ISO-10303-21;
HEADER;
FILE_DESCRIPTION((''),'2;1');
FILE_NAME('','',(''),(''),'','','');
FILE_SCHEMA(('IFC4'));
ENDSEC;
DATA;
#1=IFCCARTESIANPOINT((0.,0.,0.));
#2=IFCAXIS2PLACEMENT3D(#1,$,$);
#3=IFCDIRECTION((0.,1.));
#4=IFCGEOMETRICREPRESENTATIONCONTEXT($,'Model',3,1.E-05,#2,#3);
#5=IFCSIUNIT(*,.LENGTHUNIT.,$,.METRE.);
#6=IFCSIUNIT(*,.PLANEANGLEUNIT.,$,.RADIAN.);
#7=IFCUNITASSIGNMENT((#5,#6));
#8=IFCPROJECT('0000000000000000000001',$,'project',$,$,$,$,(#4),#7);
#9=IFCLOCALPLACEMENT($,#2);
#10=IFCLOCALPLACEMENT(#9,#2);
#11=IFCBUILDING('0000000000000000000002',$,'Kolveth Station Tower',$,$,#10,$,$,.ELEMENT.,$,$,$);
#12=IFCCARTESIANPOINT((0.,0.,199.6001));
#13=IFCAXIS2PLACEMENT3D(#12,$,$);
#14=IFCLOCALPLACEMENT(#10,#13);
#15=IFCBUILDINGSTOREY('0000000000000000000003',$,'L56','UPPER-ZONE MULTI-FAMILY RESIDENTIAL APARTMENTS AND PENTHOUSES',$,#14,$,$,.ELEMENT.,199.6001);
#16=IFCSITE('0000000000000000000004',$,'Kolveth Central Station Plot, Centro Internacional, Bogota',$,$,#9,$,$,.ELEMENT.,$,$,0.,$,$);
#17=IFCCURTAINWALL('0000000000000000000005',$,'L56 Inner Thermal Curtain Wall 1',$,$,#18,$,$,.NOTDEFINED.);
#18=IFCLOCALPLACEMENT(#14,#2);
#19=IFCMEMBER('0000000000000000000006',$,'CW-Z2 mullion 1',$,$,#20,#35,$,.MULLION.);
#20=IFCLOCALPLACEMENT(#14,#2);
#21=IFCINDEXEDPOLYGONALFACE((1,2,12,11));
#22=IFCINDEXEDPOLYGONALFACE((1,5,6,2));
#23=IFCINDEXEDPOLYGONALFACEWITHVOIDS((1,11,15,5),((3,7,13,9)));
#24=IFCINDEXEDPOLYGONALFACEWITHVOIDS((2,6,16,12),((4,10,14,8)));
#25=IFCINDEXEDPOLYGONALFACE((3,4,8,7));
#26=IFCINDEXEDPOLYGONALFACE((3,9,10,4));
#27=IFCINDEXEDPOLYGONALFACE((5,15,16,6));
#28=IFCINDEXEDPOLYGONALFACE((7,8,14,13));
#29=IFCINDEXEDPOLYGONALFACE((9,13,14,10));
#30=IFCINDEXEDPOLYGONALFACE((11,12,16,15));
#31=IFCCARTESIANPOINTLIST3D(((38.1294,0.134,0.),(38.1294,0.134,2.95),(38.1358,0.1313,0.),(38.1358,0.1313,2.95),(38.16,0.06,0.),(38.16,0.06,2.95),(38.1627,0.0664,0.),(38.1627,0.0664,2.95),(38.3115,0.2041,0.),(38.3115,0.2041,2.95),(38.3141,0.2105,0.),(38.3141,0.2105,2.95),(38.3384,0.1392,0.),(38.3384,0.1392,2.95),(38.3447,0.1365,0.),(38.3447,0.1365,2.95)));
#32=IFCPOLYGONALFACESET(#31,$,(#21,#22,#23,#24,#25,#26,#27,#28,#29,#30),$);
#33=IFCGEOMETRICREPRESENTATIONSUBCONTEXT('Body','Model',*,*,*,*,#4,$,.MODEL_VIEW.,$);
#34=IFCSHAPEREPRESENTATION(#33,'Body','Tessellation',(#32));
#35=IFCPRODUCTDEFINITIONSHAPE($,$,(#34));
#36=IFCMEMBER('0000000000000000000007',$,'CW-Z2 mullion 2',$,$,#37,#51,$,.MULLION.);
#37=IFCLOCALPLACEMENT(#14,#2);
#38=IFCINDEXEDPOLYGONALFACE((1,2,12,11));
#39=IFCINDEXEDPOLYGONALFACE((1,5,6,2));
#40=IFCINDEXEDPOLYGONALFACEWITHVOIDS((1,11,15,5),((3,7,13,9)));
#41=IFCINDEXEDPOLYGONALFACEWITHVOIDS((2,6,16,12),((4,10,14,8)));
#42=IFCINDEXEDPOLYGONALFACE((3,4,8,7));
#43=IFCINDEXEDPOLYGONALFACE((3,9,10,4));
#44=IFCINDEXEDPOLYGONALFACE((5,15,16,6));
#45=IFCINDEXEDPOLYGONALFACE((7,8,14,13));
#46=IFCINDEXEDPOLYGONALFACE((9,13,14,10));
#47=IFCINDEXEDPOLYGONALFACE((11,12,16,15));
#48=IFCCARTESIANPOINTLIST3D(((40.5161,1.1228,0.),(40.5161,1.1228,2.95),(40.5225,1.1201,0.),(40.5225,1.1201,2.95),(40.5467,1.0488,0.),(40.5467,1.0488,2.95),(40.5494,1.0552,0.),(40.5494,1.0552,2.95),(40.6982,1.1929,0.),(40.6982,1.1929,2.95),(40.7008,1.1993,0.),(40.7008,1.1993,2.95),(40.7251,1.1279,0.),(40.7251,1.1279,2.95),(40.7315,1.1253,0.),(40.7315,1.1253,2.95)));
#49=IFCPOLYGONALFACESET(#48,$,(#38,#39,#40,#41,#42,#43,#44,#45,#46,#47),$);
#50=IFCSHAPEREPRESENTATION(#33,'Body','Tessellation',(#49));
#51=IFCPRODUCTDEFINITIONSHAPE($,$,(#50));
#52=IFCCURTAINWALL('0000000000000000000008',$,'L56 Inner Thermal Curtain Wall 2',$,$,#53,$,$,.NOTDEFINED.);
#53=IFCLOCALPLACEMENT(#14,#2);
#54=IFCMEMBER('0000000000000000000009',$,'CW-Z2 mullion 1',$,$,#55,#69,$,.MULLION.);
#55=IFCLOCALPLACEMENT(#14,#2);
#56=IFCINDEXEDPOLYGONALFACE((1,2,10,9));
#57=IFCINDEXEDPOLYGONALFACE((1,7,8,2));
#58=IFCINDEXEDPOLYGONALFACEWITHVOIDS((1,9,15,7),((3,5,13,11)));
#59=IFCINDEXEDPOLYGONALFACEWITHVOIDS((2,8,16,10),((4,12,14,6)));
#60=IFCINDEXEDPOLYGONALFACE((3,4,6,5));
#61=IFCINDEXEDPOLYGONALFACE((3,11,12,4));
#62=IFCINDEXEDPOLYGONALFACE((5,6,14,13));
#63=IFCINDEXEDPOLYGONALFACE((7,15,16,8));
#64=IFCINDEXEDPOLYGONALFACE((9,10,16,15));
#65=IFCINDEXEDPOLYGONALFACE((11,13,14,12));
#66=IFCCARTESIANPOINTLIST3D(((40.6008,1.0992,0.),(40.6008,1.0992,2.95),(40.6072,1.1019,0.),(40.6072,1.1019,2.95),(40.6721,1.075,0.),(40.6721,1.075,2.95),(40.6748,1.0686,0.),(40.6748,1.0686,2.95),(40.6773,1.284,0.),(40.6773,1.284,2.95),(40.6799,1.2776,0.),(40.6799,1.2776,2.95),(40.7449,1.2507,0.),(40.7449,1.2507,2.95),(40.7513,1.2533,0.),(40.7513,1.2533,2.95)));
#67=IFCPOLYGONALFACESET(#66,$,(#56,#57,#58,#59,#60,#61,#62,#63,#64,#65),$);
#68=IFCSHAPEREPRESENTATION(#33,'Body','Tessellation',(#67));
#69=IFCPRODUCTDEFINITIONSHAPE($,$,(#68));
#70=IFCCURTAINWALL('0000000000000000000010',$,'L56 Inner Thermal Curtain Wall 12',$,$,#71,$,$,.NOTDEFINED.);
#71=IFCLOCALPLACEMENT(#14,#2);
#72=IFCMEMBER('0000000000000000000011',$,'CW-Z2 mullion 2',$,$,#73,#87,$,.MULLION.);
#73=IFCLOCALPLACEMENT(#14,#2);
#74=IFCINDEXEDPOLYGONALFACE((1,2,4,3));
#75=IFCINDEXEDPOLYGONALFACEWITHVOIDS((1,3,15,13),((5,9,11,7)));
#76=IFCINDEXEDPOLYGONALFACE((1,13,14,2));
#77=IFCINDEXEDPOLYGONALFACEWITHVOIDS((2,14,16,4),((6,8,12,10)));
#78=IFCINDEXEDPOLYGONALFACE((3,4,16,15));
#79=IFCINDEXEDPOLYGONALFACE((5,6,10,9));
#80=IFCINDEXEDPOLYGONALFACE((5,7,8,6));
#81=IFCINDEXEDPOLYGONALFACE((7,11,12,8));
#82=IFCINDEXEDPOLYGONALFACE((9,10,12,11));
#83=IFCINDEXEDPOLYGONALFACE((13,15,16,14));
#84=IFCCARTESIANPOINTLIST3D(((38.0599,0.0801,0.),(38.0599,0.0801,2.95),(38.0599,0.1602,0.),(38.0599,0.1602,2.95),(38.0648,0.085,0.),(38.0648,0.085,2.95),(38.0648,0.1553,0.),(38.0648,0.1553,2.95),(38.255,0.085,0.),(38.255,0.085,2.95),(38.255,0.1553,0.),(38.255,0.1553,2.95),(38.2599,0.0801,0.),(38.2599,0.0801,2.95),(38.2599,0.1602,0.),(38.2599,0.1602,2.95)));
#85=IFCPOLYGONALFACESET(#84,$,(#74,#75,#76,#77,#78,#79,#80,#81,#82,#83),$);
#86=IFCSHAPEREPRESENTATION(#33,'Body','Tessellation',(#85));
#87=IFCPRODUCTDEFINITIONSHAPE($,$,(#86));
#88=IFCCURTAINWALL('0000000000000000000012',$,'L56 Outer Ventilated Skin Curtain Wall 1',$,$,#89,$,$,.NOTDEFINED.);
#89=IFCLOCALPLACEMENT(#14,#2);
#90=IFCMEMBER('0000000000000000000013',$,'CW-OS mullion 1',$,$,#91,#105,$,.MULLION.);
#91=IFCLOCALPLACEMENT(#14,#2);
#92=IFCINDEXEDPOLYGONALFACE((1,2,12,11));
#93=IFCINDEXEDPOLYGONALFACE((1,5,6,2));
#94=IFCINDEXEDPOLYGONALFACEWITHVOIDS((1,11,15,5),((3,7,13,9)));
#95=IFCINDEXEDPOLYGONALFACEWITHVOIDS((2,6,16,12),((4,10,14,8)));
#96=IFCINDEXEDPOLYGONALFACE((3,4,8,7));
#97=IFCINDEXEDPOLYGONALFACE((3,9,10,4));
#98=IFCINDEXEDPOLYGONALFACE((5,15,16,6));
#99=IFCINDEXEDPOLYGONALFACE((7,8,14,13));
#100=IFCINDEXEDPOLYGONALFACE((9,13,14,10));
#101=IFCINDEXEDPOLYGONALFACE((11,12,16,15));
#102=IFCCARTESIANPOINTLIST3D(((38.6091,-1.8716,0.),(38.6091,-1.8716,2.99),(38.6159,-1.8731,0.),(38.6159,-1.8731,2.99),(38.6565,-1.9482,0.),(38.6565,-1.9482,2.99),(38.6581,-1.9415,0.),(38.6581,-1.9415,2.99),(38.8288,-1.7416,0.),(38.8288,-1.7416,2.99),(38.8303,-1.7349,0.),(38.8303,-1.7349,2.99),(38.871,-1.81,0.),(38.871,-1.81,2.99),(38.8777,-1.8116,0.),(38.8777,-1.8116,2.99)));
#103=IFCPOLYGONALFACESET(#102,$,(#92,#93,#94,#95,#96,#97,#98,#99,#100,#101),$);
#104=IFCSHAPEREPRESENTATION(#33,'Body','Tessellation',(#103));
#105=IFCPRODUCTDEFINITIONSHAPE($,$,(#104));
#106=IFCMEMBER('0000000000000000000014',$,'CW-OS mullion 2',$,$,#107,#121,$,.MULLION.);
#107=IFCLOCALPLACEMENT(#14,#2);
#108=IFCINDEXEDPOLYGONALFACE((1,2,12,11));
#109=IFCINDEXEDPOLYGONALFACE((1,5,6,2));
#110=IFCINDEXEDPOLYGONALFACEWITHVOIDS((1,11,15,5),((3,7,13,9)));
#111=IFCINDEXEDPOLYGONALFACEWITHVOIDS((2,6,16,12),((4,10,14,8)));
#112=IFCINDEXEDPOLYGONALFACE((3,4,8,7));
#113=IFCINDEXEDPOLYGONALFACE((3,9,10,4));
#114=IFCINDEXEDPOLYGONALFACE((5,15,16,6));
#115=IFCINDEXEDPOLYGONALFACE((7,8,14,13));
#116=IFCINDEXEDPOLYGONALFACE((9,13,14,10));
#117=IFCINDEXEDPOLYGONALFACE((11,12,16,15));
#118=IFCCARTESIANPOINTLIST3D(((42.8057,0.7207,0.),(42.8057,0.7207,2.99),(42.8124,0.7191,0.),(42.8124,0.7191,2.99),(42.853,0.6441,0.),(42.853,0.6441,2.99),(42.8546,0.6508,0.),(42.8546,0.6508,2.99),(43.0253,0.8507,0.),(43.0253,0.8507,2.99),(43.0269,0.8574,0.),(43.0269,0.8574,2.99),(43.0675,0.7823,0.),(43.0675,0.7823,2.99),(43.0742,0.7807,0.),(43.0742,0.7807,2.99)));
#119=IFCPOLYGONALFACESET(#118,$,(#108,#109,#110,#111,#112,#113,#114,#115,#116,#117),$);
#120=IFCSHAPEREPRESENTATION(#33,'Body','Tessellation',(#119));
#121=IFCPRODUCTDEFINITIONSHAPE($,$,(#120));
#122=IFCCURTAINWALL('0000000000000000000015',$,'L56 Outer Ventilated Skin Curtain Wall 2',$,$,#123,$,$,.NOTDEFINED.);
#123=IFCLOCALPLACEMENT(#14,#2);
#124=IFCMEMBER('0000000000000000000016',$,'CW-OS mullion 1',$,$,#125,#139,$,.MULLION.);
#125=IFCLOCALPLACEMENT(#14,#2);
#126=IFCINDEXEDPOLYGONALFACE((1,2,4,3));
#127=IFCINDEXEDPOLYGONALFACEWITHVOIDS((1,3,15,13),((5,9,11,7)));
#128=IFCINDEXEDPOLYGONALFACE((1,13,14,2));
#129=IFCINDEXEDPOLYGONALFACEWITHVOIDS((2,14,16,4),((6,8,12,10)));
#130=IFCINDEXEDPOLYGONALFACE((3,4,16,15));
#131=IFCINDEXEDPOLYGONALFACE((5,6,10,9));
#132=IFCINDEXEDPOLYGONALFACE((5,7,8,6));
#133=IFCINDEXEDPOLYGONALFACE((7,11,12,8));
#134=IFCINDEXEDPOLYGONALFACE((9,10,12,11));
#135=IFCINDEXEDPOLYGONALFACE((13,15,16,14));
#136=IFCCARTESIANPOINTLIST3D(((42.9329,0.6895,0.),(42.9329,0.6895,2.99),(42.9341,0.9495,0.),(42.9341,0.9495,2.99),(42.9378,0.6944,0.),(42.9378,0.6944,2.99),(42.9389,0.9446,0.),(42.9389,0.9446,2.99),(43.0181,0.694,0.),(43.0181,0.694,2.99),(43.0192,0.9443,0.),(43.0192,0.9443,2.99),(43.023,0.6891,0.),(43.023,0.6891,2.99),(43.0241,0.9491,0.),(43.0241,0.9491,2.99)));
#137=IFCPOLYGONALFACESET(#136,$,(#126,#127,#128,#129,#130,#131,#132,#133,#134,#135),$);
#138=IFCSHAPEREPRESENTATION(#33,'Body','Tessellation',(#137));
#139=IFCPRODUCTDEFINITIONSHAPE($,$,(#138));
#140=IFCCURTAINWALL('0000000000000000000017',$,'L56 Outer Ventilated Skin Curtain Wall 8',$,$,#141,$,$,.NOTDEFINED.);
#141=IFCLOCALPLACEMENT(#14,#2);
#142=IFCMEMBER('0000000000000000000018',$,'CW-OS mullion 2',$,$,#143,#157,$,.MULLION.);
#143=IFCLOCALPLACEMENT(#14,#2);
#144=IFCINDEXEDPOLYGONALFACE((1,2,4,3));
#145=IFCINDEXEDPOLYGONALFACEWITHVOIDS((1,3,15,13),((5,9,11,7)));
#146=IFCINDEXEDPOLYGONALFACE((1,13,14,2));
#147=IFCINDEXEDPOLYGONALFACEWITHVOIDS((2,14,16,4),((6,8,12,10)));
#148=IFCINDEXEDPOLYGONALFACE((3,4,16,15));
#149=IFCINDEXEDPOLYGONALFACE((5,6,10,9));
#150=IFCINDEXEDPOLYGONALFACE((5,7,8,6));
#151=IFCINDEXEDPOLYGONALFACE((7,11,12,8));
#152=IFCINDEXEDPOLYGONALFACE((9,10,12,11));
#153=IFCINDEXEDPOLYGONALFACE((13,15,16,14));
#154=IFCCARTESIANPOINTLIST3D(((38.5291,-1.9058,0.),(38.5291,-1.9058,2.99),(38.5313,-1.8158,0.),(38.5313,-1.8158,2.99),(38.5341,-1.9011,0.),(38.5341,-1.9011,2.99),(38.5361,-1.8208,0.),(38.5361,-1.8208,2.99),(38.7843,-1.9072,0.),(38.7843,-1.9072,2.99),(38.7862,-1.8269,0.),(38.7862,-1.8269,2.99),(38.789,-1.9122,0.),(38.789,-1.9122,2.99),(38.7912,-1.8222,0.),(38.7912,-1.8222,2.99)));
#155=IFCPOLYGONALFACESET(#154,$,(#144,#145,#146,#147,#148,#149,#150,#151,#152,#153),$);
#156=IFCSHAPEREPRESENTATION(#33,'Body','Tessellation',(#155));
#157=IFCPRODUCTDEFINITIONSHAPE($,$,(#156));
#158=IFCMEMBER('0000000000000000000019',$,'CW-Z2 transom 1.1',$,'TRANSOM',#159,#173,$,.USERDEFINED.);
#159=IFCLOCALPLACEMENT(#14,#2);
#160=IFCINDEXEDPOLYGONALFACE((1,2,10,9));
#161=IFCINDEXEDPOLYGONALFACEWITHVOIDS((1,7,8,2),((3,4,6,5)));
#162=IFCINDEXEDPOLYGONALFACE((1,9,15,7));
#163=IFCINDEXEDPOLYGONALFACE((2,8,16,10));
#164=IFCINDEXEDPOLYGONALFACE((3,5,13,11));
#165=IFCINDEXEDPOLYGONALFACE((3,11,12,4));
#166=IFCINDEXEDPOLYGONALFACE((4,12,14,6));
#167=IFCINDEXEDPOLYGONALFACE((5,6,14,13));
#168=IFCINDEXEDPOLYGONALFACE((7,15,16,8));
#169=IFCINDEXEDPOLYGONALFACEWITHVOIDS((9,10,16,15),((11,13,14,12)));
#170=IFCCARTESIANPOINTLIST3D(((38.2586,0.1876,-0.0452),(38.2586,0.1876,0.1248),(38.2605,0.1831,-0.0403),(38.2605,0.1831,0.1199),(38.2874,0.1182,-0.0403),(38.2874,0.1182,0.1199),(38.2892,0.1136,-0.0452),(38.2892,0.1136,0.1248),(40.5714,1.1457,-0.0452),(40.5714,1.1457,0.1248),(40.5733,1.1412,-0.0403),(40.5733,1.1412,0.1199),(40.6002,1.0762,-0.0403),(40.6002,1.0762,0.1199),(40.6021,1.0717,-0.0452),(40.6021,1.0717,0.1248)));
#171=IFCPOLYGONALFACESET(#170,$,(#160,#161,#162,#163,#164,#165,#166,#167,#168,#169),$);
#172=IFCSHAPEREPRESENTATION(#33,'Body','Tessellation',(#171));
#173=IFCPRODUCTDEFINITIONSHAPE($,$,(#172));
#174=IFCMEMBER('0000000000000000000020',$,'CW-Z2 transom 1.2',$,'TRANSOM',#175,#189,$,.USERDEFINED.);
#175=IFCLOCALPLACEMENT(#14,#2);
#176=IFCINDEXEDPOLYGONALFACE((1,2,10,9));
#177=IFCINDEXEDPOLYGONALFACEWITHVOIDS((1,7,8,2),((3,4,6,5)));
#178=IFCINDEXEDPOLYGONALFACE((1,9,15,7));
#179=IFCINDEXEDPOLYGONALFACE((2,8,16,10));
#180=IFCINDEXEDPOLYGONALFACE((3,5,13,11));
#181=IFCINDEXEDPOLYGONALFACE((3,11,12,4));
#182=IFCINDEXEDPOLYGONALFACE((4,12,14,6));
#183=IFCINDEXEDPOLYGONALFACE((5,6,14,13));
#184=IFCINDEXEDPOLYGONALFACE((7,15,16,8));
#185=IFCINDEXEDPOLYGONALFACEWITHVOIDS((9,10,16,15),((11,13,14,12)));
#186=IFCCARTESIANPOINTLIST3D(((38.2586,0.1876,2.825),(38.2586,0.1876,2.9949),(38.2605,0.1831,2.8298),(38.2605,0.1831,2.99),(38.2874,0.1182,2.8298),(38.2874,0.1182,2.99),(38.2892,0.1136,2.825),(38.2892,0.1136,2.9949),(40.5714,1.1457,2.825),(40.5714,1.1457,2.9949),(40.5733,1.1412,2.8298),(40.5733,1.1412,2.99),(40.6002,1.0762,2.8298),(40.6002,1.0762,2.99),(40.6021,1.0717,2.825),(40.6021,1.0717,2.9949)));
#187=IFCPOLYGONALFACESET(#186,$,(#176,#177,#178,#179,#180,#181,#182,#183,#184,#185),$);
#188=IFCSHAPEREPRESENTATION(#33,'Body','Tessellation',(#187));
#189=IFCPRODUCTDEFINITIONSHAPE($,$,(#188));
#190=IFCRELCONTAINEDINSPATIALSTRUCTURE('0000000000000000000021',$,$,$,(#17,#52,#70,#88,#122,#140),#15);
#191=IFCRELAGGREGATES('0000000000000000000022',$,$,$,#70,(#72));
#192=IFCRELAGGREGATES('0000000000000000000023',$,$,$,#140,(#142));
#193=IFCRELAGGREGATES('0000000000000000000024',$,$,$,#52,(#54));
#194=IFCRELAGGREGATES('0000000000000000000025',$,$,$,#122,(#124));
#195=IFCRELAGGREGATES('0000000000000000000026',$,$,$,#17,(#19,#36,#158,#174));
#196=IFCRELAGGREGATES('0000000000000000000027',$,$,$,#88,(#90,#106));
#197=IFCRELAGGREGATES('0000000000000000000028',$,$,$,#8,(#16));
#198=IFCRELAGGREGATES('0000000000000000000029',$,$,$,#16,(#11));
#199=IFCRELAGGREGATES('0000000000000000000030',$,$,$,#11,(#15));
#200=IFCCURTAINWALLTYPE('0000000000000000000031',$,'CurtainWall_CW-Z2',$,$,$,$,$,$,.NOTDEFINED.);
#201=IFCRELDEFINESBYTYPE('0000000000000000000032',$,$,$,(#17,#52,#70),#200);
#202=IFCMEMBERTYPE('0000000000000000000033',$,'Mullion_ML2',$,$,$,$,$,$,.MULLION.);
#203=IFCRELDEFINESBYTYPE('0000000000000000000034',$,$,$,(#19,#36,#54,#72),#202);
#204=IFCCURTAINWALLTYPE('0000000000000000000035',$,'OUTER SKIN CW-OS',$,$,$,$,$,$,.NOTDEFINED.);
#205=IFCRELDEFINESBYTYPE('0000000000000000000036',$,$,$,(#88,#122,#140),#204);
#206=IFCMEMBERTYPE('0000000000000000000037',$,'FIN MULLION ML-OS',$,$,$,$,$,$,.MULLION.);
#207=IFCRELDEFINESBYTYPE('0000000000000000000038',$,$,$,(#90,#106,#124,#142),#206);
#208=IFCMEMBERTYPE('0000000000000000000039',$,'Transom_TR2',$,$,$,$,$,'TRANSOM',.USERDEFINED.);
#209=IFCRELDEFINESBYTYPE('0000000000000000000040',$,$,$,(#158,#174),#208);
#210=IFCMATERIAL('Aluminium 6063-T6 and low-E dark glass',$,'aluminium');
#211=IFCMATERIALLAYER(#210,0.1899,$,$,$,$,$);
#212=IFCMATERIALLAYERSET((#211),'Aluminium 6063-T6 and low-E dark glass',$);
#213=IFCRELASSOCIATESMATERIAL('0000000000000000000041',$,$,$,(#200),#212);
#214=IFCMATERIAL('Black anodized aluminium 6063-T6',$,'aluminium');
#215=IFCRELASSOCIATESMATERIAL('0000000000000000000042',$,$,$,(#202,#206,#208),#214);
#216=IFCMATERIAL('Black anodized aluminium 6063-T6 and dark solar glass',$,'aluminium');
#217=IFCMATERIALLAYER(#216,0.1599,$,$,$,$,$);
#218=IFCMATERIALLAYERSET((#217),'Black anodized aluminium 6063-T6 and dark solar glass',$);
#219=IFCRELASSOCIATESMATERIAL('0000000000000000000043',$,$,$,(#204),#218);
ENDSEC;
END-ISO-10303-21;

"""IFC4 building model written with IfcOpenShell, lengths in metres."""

from ifc_helpers import new_model, si_unit, direction, frame, origin, origin_2d, place, context, subcontext, project, spatial, hollow_rectangle, extrude, source, transform, mapped, material, layer, layer_set, material_profile, profile_set, type_object, element, aggregate, save


model = new_model("IFC4")

# Units and contexts
model_context = context("Model", 3, precision=1e-05, world=origin(), true_north=direction((0.0, 1.0)))
body_context = subcontext(model_context, "Body", "Model", "MODEL_VIEW")
ifc_project = project(units=[si_unit("LENGTHUNIT", "METRE"), si_unit("PLANEANGLEUNIT", "RADIAN")], contexts=[model_context])

# Site, building, storey
site_placement = place(None, origin())
site = spatial("IfcSite", under=ifc_project, at=site_placement, Name="Kolveth Central Station Plot, Centro Internacional, Bogota", CompositionType="ELEMENT", RefElevation=0.0)
building_placement = place(site_placement, origin())
building = spatial("IfcBuilding", under=site, at=building_placement, Name="Kolveth Station Tower", CompositionType="ELEMENT")
storey_placement = place(building_placement, frame((0.0, 0.0, 199.6001)))
storey = spatial("IfcBuildingStorey", under=building, at=storey_placement, Name="L56", Description="UPPER-ZONE MULTI-FAMILY RESIDENTIAL APARTMENTS AND PENTHOUSES", CompositionType="ELEMENT", Elevation=199.6001)

# Curtain wall, members
ifc_material_1 = material(Name="Aluminium 6063-T6 and low-E dark glass", Category="aluminium")
ifc_layer_1 = layer(ifc_material_1, 0.1899)
ifc_layer_set_1 = layer_set([ifc_layer_1], Name="Aluminium 6063-T6 and low-E dark glass")
curtain_wall_type_1 = type_object("IfcCurtainWallType", Name="CurtainWall_CW-Z2", PredefinedType="NOTDEFINED", material=ifc_layer_set_1)
curtain_wall_1_placement = place(storey_placement, origin())
curtain_wall_1 = element("IfcCurtainWall", 1, at=curtain_wall_1_placement, inside=storey, type_object=curtain_wall_type_1, Name="L56 Inner Thermal Curtain Wall 1", PredefinedType="NOTDEFINED")
ifc_material_2 = material(Name="Black anodized aluminium 6063-T6", Category="aluminium")
ifc_material_profile_1 = material_profile(ifc_material_2, hollow_rectangle(XDim=0.0801, YDim=0.2, WallThickness=0.0049, at=origin_2d()), Name="ALU-80x200x5")
ifc_profile_set_1 = profile_set([ifc_material_profile_1], Name="Black anodized aluminium 6063-T6")
member_type_1 = type_object("IfcMemberType", Name="Mullion_ML2", PredefinedType="MULLION", material=ifc_profile_set_1)
shared_shape_1 = source(origin(), body_context, "Body", "SweptSolid", [
    extrude(hollow_rectangle(XDim=0.0801, YDim=0.2, WallThickness=0.0049, at=origin_2d()), origin(), (0.0, 0.0, 1.0), 2.95),
])
member_1_placement = place(storey_placement, frame((38.2371, 0.1353, 0.0), z_axis=(0.0, 0.0, 1.0), x_axis=(-0.382698, 0.923874, 0.0)))
member_1 = element("IfcMember", 2, at=member_1_placement, type_object=member_type_1, Name="CW-Z2 mullion 1", PredefinedType="MULLION", context=body_context, shape_type="MappedRepresentation", body=[
    mapped(shared_shape_1, transform((0.0, 0.0, 0.0), x_axis=(1.0, 0.0, 0.0), y_axis=(0.0, 1.0, 0.0), z_axis=(0.0, 0.0, 1.0), scale=1.0)),
])
member_2_placement = place(storey_placement, frame((40.6238, 1.124, 0.0), z_axis=(0.0, 0.0, 1.0), x_axis=(-0.382698, 0.923874, 0.0)))
member_2 = element("IfcMember", 3, at=member_2_placement, type_object=member_type_1, Name="CW-Z2 mullion 2", PredefinedType="MULLION", context=body_context, shape_type="MappedRepresentation", body=[
    mapped(shared_shape_1, transform((0.0, 0.0, 0.0), x_axis=(1.0, 0.0, 0.0), y_axis=(0.0, 1.0, 0.0), z_axis=(0.0, 0.0, 1.0), scale=1.0)),
])

# Curtain walls, members
curtain_wall_2_placement = place(storey_placement, origin())
curtain_wall_2 = element("IfcCurtainWall", 4, at=curtain_wall_2_placement, inside=storey, type_object=curtain_wall_type_1, Name="L56 Inner Thermal Curtain Wall 2", PredefinedType="NOTDEFINED")
member_3_placement = place(storey_placement, frame((40.676, 1.1763, 0.0), z_axis=(0.0, 0.0, 1.0), x_axis=(-0.923874, 0.382698, 0.0)))
member_3 = element("IfcMember", 5, at=member_3_placement, type_object=member_type_1, Name="CW-Z2 mullion 1", PredefinedType="MULLION", context=body_context, shape_type="MappedRepresentation", body=[
    mapped(shared_shape_1, transform((0.0, 0.0, 0.0), x_axis=(1.0, 0.0, 0.0), y_axis=(0.0, 1.0, 0.0), z_axis=(0.0, 0.0, 1.0), scale=1.0)),
])
curtain_wall_3_placement = place(storey_placement, origin())
curtain_wall_3 = element("IfcCurtainWall", 6, at=curtain_wall_3_placement, inside=storey, type_object=curtain_wall_type_1, Name="L56 Inner Thermal Curtain Wall 12", PredefinedType="NOTDEFINED")
member_4_placement = place(storey_placement, frame((38.1599, 0.1201, 0.0), z_axis=(0.0, 0.0, 1.0), x_axis=(0.0, 1.0, 0.0)))
member_4 = element("IfcMember", 7, at=member_4_placement, type_object=member_type_1, Name="CW-Z2 mullion 2", PredefinedType="MULLION", context=body_context, shape_type="MappedRepresentation", body=[
    mapped(shared_shape_1, transform((0.0, 0.0, 0.0), x_axis=(1.0, 0.0, 0.0), y_axis=(0.0, 1.0, 0.0), z_axis=(0.0, 0.0, 1.0), scale=1.0)),
])
aggregate(curtain_wall_3, [member_4])

# Curtain wall, members
ifc_material_3 = material(Name="Black anodized aluminium 6063-T6 and dark solar glass", Category="aluminium")
ifc_layer_2 = layer(ifc_material_3, 0.1599)
ifc_layer_set_2 = layer_set([ifc_layer_2], Name="Black anodized aluminium 6063-T6 and dark solar glass")
curtain_wall_type_2 = type_object("IfcCurtainWallType", Name="OUTER SKIN CW-OS", PredefinedType="NOTDEFINED", material=ifc_layer_set_2)
curtain_wall_4_placement = place(storey_placement, origin())
curtain_wall_4 = element("IfcCurtainWall", 8, at=curtain_wall_4_placement, inside=storey, type_object=curtain_wall_type_2, Name="L56 Outer Ventilated Skin Curtain Wall 1", PredefinedType="NOTDEFINED")
ifc_material_profile_2 = material_profile(ifc_material_2, hollow_rectangle(XDim=0.0901, YDim=0.26, WallThickness=0.0049, at=origin_2d()), Name="ALU-90x260x5")
ifc_profile_set_2 = profile_set([ifc_material_profile_2], Name="Black anodized aluminium 6063-T6")
member_type_2 = type_object("IfcMemberType", Name="FIN MULLION ML-OS", PredefinedType="MULLION", material=ifc_profile_set_2)
shared_shape_2 = source(origin(), body_context, "Body", "SweptSolid", [
    extrude(hollow_rectangle(XDim=0.0901, YDim=0.26, WallThickness=0.0049, at=origin_2d()), origin(), (0.0, 0.0, 1.0), 2.99),
])
member_5_placement = place(storey_placement, frame((38.7434, -1.8416, 0.0), z_axis=(0.0, 0.0, 1.0), x_axis=(-0.525541, 0.850768, 0.0)))
member_5 = element("IfcMember", 9, at=member_5_placement, type_object=member_type_2, Name="CW-OS mullion 1", PredefinedType="MULLION", context=body_context, shape_type="MappedRepresentation", body=[
    mapped(shared_shape_2, transform((0.0, 0.0, 0.0), x_axis=(1.0, 0.0, 0.0), y_axis=(0.0, 1.0, 0.0), z_axis=(0.0, 0.0, 1.0), scale=1.0)),
])
member_6_placement = place(storey_placement, frame((42.9399, 0.7507, 0.0), z_axis=(0.0, 0.0, 1.0), x_axis=(-0.525541, 0.850768, 0.0)))
member_6 = element("IfcMember", 10, at=member_6_placement, type_object=member_type_2, Name="CW-OS mullion 2", PredefinedType="MULLION", context=body_context, shape_type="MappedRepresentation", body=[
    mapped(shared_shape_2, transform((0.0, 0.0, 0.0), x_axis=(1.0, 0.0, 0.0), y_axis=(0.0, 1.0, 0.0), z_axis=(0.0, 0.0, 1.0), scale=1.0)),
])

# Curtain walls, members
curtain_wall_5_placement = place(storey_placement, origin())
curtain_wall_5 = element("IfcCurtainWall", 11, at=curtain_wall_5_placement, inside=storey, type_object=curtain_wall_type_2, Name="L56 Outer Ventilated Skin Curtain Wall 2", PredefinedType="NOTDEFINED")
member_7_placement = place(storey_placement, frame((42.9785, 0.8193, 0.0), z_axis=(0.0, 0.0, 1.0), x_axis=(-0.99999, 0.004518, 0.0)))
member_7 = element("IfcMember", 12, at=member_7_placement, type_object=member_type_2, Name="CW-OS mullion 1", PredefinedType="MULLION", context=body_context, shape_type="MappedRepresentation", body=[
    mapped(shared_shape_2, transform((0.0, 0.0, 0.0), x_axis=(1.0, 0.0, 0.0), y_axis=(0.0, 1.0, 0.0), z_axis=(0.0, 0.0, 1.0), scale=1.0)),
])
curtain_wall_6_placement = place(storey_placement, origin())
curtain_wall_6 = element("IfcCurtainWall", 13, at=curtain_wall_6_placement, inside=storey, type_object=curtain_wall_type_2, Name="L56 Outer Ventilated Skin Curtain Wall 8", PredefinedType="NOTDEFINED")
member_8_placement = place(storey_placement, frame((38.6602, -1.864, 0.0), z_axis=(0.0, 0.0, 1.0), x_axis=(0.024639, 0.999696, 0.0)))
member_8 = element("IfcMember", 14, at=member_8_placement, type_object=member_type_2, Name="CW-OS mullion 2", PredefinedType="MULLION", context=body_context, shape_type="MappedRepresentation", body=[
    mapped(shared_shape_2, transform((0.0, 0.0, 0.0), x_axis=(1.0, 0.0, 0.0), y_axis=(0.0, 1.0, 0.0), z_axis=(0.0, 0.0, 1.0), scale=1.0)),
])
aggregate(curtain_wall_6, [member_8])

# Members
ifc_material_profile_3 = material_profile(ifc_material_2, hollow_rectangle(XDim=0.0801, YDim=0.1699, WallThickness=0.0049, at=origin_2d()), Name="ALU-80x170x5")
ifc_profile_set_3 = profile_set([ifc_material_profile_3], Name="Black anodized aluminium 6063-T6")
member_type_3 = type_object("IfcMemberType", Name="Transom_TR2", ElementType="TRANSOM", PredefinedType="USERDEFINED", material=ifc_profile_set_3)
shared_shape_3 = source(origin(), body_context, "Body", "SweptSolid", [
    extrude(hollow_rectangle(XDim=0.0801, YDim=0.1699, WallThickness=0.0049, at=origin_2d()), origin(), (0.0, 0.0, 1.0), 2.5034),
])
member_9_placement = place(storey_placement, frame((38.2739, 0.1506, 0.0398), z_axis=(0.923874, 0.382696, 0.0), x_axis=(-0.382696, 0.923874, 0.0)))
member_9 = element("IfcMember", 15, at=member_9_placement, type_object=member_type_3, Name="CW-Z2 transom 1.1", ObjectType="TRANSOM", PredefinedType="USERDEFINED", context=body_context, shape_type="MappedRepresentation", body=[
    mapped(shared_shape_3, transform((0.0, 0.0, 0.0), x_axis=(1.0, 0.0, 0.0), y_axis=(0.0, 1.0, 0.0), z_axis=(0.0, 0.0, 1.0), scale=1.0)),
])
member_10_placement = place(storey_placement, frame((38.2739, 0.1506, 2.9099), z_axis=(0.923874, 0.382696, 0.0), x_axis=(-0.382696, 0.923874, 0.0)))
member_10 = element("IfcMember", 16, at=member_10_placement, type_object=member_type_3, Name="CW-Z2 transom 1.2", ObjectType="TRANSOM", PredefinedType="USERDEFINED", context=body_context, shape_type="MappedRepresentation", body=[
    mapped(shared_shape_3, transform((0.0, 0.0, 0.0), x_axis=(1.0, 0.0, 0.0), y_axis=(0.0, 1.0, 0.0), z_axis=(0.0, 0.0, 1.0), scale=1.0)),
])
aggregate(curtain_wall_2, [member_3])
aggregate(curtain_wall_5, [member_7])

aggregate(curtain_wall_1, [member_1, member_2, member_9, member_10])
aggregate(curtain_wall_4, [member_5, member_6])

save(model, "model.ifc")
